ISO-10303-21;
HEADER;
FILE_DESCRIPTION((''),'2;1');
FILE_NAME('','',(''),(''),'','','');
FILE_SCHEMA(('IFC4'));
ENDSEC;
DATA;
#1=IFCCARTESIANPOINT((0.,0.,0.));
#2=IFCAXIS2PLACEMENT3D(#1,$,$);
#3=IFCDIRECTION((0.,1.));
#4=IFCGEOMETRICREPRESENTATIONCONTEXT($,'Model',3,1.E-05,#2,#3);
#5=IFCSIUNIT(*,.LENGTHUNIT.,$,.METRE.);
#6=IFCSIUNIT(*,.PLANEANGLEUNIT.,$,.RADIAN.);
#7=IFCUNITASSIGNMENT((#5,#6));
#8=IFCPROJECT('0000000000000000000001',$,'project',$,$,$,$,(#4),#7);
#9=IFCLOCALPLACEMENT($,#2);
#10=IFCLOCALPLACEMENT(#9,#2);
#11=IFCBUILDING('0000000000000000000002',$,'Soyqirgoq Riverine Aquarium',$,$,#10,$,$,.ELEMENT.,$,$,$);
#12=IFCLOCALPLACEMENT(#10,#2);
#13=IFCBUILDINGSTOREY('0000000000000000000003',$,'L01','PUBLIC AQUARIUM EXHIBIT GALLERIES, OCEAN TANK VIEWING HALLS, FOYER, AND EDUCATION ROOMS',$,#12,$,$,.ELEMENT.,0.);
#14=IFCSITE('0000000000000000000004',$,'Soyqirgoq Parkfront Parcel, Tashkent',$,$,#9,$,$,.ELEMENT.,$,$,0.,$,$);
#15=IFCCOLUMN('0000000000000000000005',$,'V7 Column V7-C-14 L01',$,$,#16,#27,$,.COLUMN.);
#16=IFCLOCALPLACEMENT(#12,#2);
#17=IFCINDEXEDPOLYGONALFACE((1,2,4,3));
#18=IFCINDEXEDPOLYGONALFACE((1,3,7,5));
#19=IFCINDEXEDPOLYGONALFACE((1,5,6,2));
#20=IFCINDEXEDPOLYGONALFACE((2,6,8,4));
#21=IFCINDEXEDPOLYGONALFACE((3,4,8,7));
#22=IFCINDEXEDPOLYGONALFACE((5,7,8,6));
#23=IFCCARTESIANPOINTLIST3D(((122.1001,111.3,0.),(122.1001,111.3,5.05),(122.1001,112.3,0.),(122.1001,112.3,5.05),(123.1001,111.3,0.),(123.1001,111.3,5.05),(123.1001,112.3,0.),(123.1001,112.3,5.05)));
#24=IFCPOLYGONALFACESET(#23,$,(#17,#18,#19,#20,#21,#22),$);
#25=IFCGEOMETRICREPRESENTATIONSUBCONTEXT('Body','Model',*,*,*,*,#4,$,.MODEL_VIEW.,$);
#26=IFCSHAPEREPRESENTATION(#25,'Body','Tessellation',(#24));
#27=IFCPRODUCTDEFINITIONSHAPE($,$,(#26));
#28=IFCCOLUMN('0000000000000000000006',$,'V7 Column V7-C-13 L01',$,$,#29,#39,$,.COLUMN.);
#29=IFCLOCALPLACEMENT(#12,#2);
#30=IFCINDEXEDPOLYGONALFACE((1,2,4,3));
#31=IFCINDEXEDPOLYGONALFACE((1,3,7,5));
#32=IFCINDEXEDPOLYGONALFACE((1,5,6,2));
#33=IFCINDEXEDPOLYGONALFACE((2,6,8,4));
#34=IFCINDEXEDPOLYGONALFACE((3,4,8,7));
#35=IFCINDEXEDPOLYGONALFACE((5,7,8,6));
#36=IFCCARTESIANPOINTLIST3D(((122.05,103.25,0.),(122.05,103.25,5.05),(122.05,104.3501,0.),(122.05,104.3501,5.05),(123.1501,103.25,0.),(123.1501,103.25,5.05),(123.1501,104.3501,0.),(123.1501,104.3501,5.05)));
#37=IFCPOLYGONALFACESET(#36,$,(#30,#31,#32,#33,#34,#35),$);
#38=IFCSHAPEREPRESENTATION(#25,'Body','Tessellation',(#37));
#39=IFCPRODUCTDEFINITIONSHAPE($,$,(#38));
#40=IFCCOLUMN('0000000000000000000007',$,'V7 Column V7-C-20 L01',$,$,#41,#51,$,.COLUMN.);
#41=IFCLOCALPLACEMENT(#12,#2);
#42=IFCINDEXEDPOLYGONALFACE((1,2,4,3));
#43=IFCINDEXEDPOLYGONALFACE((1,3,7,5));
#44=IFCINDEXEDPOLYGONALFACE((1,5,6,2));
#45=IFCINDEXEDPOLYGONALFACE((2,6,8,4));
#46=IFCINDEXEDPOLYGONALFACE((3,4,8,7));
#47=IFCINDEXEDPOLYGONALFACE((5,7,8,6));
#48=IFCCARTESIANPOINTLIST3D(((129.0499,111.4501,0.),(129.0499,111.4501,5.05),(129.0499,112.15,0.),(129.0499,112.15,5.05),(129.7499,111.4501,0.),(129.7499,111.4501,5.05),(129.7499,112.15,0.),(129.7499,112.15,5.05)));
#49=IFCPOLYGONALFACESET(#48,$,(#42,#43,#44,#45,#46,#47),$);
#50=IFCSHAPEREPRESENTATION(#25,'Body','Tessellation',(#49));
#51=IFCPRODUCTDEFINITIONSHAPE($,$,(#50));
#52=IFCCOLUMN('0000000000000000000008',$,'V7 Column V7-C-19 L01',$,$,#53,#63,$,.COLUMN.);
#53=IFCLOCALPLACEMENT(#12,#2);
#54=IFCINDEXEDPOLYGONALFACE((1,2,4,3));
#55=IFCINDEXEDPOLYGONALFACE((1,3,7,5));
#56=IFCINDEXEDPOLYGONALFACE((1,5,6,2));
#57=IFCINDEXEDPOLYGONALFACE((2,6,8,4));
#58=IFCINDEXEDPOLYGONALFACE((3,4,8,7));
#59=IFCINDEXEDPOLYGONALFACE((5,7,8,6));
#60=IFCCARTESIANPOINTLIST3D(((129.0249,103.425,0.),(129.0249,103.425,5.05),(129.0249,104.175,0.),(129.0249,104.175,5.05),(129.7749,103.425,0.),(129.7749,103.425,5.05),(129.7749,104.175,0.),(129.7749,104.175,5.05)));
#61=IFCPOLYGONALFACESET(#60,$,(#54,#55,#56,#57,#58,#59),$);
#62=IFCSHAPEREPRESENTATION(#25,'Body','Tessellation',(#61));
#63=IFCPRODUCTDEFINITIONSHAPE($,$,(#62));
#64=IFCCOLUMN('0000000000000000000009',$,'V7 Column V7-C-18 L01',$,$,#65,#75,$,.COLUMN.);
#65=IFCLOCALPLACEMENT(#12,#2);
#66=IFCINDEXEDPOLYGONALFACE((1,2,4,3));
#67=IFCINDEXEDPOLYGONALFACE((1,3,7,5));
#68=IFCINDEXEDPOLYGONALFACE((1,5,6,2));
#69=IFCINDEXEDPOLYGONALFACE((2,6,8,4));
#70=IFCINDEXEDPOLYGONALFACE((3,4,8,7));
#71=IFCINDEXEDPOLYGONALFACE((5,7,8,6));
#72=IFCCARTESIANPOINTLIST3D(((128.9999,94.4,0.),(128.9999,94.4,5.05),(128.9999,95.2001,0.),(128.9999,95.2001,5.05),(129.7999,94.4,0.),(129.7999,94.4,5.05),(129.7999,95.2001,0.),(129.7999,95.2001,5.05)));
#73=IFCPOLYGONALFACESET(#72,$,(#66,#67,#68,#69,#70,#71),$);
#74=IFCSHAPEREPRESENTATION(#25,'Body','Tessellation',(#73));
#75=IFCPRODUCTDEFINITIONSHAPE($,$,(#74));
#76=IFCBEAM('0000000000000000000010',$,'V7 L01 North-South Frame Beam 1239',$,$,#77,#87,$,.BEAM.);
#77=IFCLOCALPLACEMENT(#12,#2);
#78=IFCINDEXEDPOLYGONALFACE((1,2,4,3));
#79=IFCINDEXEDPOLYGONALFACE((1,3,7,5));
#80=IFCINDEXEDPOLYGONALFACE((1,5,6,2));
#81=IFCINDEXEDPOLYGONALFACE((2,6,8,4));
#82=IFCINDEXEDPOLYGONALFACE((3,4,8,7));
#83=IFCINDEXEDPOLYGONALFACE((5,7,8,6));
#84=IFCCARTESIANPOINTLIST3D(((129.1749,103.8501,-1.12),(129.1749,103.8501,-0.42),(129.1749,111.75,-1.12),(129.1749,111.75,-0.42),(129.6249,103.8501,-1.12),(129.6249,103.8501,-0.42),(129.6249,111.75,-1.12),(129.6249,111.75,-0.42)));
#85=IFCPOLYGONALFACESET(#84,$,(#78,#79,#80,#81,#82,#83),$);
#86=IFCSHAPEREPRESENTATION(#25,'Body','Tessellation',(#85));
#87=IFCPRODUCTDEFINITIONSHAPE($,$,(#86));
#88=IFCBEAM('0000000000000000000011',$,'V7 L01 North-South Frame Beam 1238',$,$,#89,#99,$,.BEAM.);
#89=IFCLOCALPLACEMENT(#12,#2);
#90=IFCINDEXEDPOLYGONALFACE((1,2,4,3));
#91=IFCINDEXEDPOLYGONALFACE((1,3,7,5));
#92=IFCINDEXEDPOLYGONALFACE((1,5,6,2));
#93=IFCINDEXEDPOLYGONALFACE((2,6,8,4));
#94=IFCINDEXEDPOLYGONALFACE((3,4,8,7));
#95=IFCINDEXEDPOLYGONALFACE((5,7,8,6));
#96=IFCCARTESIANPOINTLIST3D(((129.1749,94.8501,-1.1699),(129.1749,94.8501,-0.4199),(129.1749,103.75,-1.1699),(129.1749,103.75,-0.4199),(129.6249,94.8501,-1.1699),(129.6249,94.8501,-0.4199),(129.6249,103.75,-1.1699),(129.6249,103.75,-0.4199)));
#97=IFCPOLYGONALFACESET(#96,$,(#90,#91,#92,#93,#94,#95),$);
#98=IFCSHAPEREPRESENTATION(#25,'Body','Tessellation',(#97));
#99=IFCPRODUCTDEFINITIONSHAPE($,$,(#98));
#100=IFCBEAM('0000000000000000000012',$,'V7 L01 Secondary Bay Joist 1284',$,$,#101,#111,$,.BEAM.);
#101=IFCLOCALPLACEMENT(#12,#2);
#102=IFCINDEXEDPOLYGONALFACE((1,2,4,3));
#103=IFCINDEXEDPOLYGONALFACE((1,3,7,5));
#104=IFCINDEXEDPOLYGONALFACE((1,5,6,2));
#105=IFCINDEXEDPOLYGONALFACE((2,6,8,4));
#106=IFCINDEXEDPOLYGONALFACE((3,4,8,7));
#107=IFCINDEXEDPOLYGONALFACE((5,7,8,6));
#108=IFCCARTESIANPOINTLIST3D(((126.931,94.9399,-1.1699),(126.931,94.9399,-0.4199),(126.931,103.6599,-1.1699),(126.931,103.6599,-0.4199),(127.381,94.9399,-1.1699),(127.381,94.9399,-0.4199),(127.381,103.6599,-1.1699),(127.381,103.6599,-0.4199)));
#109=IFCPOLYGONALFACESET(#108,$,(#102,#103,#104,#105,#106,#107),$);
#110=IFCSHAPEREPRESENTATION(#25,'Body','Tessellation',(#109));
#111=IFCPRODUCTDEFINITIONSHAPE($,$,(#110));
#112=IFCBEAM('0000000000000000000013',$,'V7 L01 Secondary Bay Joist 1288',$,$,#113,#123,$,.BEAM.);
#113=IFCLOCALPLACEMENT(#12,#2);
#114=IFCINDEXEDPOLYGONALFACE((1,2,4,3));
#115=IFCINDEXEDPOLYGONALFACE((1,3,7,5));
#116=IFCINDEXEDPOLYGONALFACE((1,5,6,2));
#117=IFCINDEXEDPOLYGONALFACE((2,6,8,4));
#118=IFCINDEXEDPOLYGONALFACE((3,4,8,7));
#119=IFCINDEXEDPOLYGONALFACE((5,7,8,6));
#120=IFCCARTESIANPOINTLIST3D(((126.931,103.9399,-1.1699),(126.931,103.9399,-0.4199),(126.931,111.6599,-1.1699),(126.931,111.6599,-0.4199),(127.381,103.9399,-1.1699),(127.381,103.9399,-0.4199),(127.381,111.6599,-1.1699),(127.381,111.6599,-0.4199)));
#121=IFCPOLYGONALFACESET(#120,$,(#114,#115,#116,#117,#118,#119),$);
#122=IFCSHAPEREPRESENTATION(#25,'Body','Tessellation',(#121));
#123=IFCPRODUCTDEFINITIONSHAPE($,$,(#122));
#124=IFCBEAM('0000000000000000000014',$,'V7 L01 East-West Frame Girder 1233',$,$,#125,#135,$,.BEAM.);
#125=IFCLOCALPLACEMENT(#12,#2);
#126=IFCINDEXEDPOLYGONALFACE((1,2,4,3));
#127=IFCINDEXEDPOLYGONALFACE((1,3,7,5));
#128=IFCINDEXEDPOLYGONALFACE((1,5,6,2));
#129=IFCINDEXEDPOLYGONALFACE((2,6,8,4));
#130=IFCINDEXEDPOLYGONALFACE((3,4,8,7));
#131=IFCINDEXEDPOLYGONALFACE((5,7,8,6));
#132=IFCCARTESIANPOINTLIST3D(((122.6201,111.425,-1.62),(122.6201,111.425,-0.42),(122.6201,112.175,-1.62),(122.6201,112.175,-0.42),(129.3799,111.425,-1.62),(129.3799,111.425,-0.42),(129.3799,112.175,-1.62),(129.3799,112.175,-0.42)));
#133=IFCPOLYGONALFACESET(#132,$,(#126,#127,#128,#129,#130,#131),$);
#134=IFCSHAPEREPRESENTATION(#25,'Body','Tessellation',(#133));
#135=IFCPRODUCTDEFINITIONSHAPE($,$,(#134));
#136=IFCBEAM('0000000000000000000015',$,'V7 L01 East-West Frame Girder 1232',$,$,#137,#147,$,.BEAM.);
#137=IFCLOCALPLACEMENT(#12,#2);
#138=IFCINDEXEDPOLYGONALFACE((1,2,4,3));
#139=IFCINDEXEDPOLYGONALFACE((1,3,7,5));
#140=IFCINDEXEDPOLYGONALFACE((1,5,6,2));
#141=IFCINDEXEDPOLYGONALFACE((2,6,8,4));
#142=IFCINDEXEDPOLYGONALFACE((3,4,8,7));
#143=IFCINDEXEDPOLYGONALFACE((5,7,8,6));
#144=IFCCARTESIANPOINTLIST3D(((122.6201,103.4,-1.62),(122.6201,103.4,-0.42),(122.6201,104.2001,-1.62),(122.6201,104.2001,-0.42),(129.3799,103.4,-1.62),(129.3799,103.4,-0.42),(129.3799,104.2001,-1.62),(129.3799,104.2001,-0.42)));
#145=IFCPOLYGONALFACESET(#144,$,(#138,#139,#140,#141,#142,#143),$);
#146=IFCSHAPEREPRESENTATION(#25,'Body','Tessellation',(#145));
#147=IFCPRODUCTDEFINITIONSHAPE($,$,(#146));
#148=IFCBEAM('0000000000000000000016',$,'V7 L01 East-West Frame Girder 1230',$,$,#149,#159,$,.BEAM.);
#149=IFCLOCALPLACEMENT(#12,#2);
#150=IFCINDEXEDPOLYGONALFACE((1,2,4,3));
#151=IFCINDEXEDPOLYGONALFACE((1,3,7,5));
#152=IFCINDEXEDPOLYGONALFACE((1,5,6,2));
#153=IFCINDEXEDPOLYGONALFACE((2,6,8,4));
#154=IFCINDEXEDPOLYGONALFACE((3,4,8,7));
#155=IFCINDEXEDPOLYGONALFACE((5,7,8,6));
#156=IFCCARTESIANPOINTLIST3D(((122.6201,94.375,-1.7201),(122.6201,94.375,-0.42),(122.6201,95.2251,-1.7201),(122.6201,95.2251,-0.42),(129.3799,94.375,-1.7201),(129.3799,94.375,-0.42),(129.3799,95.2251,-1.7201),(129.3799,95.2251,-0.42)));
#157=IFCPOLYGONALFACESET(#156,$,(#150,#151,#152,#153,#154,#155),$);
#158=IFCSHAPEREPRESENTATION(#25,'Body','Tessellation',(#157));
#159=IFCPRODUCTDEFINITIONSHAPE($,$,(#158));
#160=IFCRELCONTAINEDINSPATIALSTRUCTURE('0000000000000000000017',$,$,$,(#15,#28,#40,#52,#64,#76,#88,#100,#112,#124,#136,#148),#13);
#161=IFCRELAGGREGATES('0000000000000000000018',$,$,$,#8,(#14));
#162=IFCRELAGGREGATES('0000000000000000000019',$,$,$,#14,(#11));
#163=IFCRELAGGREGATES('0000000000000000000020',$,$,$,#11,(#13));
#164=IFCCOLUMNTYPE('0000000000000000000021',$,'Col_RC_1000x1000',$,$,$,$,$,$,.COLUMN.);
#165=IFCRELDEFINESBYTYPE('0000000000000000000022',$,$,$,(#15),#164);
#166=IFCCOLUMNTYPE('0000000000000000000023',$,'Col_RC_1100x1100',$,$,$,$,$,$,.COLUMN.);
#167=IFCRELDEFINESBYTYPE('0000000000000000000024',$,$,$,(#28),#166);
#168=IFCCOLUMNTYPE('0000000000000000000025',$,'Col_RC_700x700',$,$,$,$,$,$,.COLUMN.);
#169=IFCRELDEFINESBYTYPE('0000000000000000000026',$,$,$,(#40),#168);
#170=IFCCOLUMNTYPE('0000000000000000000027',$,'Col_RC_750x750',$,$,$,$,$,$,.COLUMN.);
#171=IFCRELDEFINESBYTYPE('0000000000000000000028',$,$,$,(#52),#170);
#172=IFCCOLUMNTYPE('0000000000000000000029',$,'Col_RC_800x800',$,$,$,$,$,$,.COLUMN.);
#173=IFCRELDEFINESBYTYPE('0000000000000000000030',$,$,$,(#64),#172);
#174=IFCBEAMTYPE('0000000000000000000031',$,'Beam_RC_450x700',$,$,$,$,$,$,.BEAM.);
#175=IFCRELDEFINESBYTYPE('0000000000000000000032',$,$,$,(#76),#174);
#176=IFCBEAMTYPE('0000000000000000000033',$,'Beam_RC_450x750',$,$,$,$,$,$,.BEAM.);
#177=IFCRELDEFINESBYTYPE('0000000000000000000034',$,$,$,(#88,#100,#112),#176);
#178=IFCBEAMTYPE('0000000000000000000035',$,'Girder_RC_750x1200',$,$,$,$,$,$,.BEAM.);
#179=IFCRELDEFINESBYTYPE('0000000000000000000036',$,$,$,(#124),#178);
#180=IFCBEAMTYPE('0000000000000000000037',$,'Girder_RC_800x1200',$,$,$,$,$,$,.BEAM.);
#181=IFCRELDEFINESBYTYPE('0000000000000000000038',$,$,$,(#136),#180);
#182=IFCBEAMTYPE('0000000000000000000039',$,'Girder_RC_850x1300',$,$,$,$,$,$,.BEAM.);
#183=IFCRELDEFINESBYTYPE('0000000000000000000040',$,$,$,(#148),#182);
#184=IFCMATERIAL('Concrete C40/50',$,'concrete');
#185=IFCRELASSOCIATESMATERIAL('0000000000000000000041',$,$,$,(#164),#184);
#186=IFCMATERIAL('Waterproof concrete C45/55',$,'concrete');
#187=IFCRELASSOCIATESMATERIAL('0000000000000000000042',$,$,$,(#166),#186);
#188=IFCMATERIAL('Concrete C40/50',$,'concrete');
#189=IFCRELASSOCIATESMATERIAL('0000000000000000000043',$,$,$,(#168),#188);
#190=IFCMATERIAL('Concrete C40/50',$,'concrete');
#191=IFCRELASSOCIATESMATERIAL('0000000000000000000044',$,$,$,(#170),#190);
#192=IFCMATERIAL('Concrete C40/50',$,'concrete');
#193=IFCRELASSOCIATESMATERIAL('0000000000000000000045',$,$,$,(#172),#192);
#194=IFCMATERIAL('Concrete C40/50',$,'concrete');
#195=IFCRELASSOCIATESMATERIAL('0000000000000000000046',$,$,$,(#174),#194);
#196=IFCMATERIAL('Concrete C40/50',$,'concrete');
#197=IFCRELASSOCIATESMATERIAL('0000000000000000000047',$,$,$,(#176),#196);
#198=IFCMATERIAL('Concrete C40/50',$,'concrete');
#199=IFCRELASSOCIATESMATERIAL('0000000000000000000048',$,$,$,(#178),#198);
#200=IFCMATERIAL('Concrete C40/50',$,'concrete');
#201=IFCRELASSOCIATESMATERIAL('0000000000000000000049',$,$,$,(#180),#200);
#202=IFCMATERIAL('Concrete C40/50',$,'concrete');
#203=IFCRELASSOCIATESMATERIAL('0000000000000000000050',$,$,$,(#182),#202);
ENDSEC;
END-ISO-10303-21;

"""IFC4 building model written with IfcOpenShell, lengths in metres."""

from ifc_helpers import new_model, si_unit, direction, frame, origin, origin_2d, place, context, subcontext, project, spatial, rectangle, extrude, material, material_profile, profile_set, type_object, element, save


model = new_model("IFC4")

# Units and contexts
model_context = context("Model", 3, precision=1e-05, world=origin(), true_north=direction((0.0, 1.0)))
body_context = subcontext(model_context, "Body", "Model", "MODEL_VIEW")
ifc_project = project(units=[si_unit("LENGTHUNIT", "METRE"), si_unit("PLANEANGLEUNIT", "RADIAN")], contexts=[model_context])

# Site, building, storey
site_placement = place(None, origin())
site = spatial("IfcSite", under=ifc_project, at=site_placement, Name="Soyqirgoq Parkfront Parcel, Tashkent", CompositionType="ELEMENT", RefElevation=0.0)
building_placement = place(site_placement, origin())
building = spatial("IfcBuilding", under=site, at=building_placement, Name="Soyqirgoq Riverine Aquarium", CompositionType="ELEMENT")
storey_placement = place(building_placement, origin())
storey = spatial("IfcBuildingStorey", under=building, at=storey_placement, Name="L01", Description="PUBLIC AQUARIUM EXHIBIT GALLERIES, OCEAN TANK VIEWING HALLS, FOYER, AND EDUCATION ROOMS", CompositionType="ELEMENT", Elevation=0.0)

# Columns
ifc_material_1 = material(Name="Concrete C40/50", Category="concrete")
ifc_material_profile_1 = material_profile(ifc_material_1, rectangle(XDim=1.0, YDim=1.0, at=origin_2d()), Name="RC 1000x1000")
ifc_profile_set_1 = profile_set([ifc_material_profile_1], Name="Concrete C40/50")
column_type_1 = type_object("IfcColumnType", Name="Col_RC_1000x1000", PredefinedType="COLUMN", material=ifc_profile_set_1)
column_1_placement = place(storey_placement, frame((122.6001, 111.8, 0.0), z_axis=(0.0, 0.0, 1.0), x_axis=(1.0, 0.0, 0.0)))
element("IfcColumn", 1, at=column_1_placement, inside=storey, type_object=column_type_1, Name="V7 Column V7-C-14 L01", PredefinedType="COLUMN", context=body_context, shape_type="SweptSolid", body=[
    extrude(rectangle(XDim=1.0, YDim=1.0, at=origin_2d()), origin(), (0.0, 0.0, 1.0), 5.05),
])
ifc_material_2 = material(Name="Waterproof concrete C45/55", Category="concrete")
ifc_material_profile_2 = material_profile(ifc_material_2, rectangle(XDim=1.1001, YDim=1.1001, at=origin_2d()), Name="RC 1100x1100")
ifc_profile_set_2 = profile_set([ifc_material_profile_2], Name="Waterproof concrete C45/55")
column_type_2 = type_object("IfcColumnType", Name="Col_RC_1100x1100", PredefinedType="COLUMN", material=ifc_profile_set_2)
column_2_placement = place(storey_placement, frame((122.6001, 103.8, 0.0), z_axis=(0.0, 0.0, 1.0), x_axis=(1.0, 0.0, 0.0)))
element("IfcColumn", 2, at=column_2_placement, inside=storey, type_object=column_type_2, Name="V7 Column V7-C-13 L01", PredefinedType="COLUMN", context=body_context, shape_type="SweptSolid", body=[
    extrude(rectangle(XDim=1.1001, YDim=1.1001, at=origin_2d()), origin(), (0.0, 0.0, 1.0), 5.05),
])
ifc_material_3 = material(Name="Concrete C40/50", Category="concrete")
ifc_material_profile_3 = material_profile(ifc_material_3, rectangle(XDim=0.7, YDim=0.7, at=origin_2d()), Name="RC 700x700")
ifc_profile_set_3 = profile_set([ifc_material_profile_3], Name="Concrete C40/50")
column_type_3 = type_object("IfcColumnType", Name="Col_RC_700x700", PredefinedType="COLUMN", material=ifc_profile_set_3)
column_3_placement = place(storey_placement, frame((129.3999, 111.8, 0.0), z_axis=(0.0, 0.0, 1.0), x_axis=(1.0, 0.0, 0.0)))
element("IfcColumn", 3, at=column_3_placement, inside=storey, type_object=column_type_3, Name="V7 Column V7-C-20 L01", PredefinedType="COLUMN", context=body_context, shape_type="SweptSolid", body=[
    extrude(rectangle(XDim=0.7, YDim=0.7, at=origin_2d()), origin(), (0.0, 0.0, 1.0), 5.05),
])
ifc_material_4 = material(Name="Concrete C40/50", Category="concrete")
ifc_material_profile_4 = material_profile(ifc_material_4, rectangle(XDim=0.75, YDim=0.75, at=origin_2d()), Name="RC 750x750")
ifc_profile_set_4 = profile_set([ifc_material_profile_4], Name="Concrete C40/50")
column_type_4 = type_object("IfcColumnType", Name="Col_RC_750x750", PredefinedType="COLUMN", material=ifc_profile_set_4)
column_4_placement = place(storey_placement, frame((129.3999, 103.8, 0.0), z_axis=(0.0, 0.0, 1.0), x_axis=(1.0, 0.0, 0.0)))
element("IfcColumn", 4, at=column_4_placement, inside=storey, type_object=column_type_4, Name="V7 Column V7-C-19 L01", PredefinedType="COLUMN", context=body_context, shape_type="SweptSolid", body=[
    extrude(rectangle(XDim=0.75, YDim=0.75, at=origin_2d()), origin(), (0.0, 0.0, 1.0), 5.05),
])
ifc_material_5 = material(Name="Concrete C40/50", Category="concrete")
ifc_material_profile_5 = material_profile(ifc_material_5, rectangle(XDim=0.8, YDim=0.8, at=origin_2d()), Name="RC 800x800")
ifc_profile_set_5 = profile_set([ifc_material_profile_5], Name="Concrete C40/50")
column_type_5 = type_object("IfcColumnType", Name="Col_RC_800x800", PredefinedType="COLUMN", material=ifc_profile_set_5)
column_5_placement = place(storey_placement, frame((129.3999, 94.8, 0.0), z_axis=(0.0, 0.0, 1.0), x_axis=(1.0, 0.0, 0.0)))
element("IfcColumn", 5, at=column_5_placement, inside=storey, type_object=column_type_5, Name="V7 Column V7-C-18 L01", PredefinedType="COLUMN", context=body_context, shape_type="SweptSolid", body=[
    extrude(rectangle(XDim=0.8, YDim=0.8, at=origin_2d()), origin(), (0.0, 0.0, 1.0), 5.05),
])

# Beams
ifc_material_6 = material(Name="Concrete C40/50", Category="concrete")
ifc_material_profile_6 = material_profile(ifc_material_6, rectangle(XDim=0.45, YDim=0.7, at=origin_2d()), Name="RC 450x700")
ifc_profile_set_6 = profile_set([ifc_material_profile_6], Name="Concrete C40/50")
beam_type_1 = type_object("IfcBeamType", Name="Beam_RC_450x700", PredefinedType="BEAM", material=ifc_profile_set_6)
beam_1_placement = place(storey_placement, frame((129.3999, 103.8501, -0.77), z_axis=(0.0, 1.0, 0.0), x_axis=(-1.0, 0.0, 0.0)))
element("IfcBeam", 6, at=beam_1_placement, inside=storey, type_object=beam_type_1, Name="V7 L01 North-South Frame Beam 1239", PredefinedType="BEAM", context=body_context, shape_type="SweptSolid", body=[
    extrude(rectangle(XDim=0.45, YDim=0.7, at=origin_2d()), origin(), (0.0, 0.0, 1.0), 7.8999),
])
ifc_material_7 = material(Name="Concrete C40/50", Category="concrete")
ifc_material_profile_7 = material_profile(ifc_material_7, rectangle(XDim=0.45, YDim=0.75, at=origin_2d()), Name="RC 450x750")
ifc_profile_set_7 = profile_set([ifc_material_profile_7], Name="Concrete C40/50")
beam_type_2 = type_object("IfcBeamType", Name="Beam_RC_450x750", PredefinedType="BEAM", material=ifc_profile_set_7)
beam_2_placement = place(storey_placement, frame((129.3999, 94.8501, -0.7949), z_axis=(0.0, 1.0, 0.0), x_axis=(-1.0, 0.0, 0.0)))
element("IfcBeam", 7, at=beam_2_placement, inside=storey, type_object=beam_type_2, Name="V7 L01 North-South Frame Beam 1238", PredefinedType="BEAM", context=body_context, shape_type="SweptSolid", body=[
    extrude(rectangle(XDim=0.45, YDim=0.75, at=origin_2d()), origin(), (0.0, 0.0, 1.0), 8.8999),
])
beam_3_placement = place(storey_placement, frame((127.156, 94.9399, -0.7949), z_axis=(0.0, 1.0, 0.0), x_axis=(-1.0, 0.0, 0.0)))
element("IfcBeam", 8, at=beam_3_placement, inside=storey, type_object=beam_type_2, Name="V7 L01 Secondary Bay Joist 1284", PredefinedType="BEAM", context=body_context, shape_type="SweptSolid", body=[
    extrude(rectangle(XDim=0.45, YDim=0.75, at=origin_2d()), origin(), (0.0, 0.0, 1.0), 8.72),
])
beam_4_placement = place(storey_placement, frame((127.156, 103.9399, -0.7949), z_axis=(0.0, 1.0, 0.0), x_axis=(-1.0, 0.0, 0.0)))
element("IfcBeam", 9, at=beam_4_placement, inside=storey, type_object=beam_type_2, Name="V7 L01 Secondary Bay Joist 1288", PredefinedType="BEAM", context=body_context, shape_type="SweptSolid", body=[
    extrude(rectangle(XDim=0.45, YDim=0.75, at=origin_2d()), origin(), (0.0, 0.0, 1.0), 7.72),
])
ifc_material_8 = material(Name="Concrete C40/50", Category="concrete")
ifc_material_profile_8 = material_profile(ifc_material_8, rectangle(XDim=0.75, YDim=1.2, at=origin_2d()), Name="RC 750x1200")
ifc_profile_set_8 = profile_set([ifc_material_profile_8], Name="Concrete C40/50")
beam_type_3 = type_object("IfcBeamType", Name="Girder_RC_750x1200", PredefinedType="BEAM", material=ifc_profile_set_8)
beam_5_placement = place(storey_placement, frame((122.6201, 111.8, -1.02), z_axis=(1.0, 0.0, 0.0), x_axis=(0.0, 1.0, 0.0)))
element("IfcBeam", 10, at=beam_5_placement, inside=storey, type_object=beam_type_3, Name="V7 L01 East-West Frame Girder 1233", PredefinedType="BEAM", context=body_context, shape_type="SweptSolid", body=[
    extrude(rectangle(XDim=0.75, YDim=1.2, at=origin_2d()), origin(), (0.0, 0.0, 1.0), 6.7598),
])
ifc_material_9 = material(Name="Concrete C40/50", Category="concrete")
ifc_material_profile_9 = material_profile(ifc_material_9, rectangle(XDim=0.8, YDim=1.2, at=origin_2d()), Name="RC 800x1200")
ifc_profile_set_9 = profile_set([ifc_material_profile_9], Name="Concrete C40/50")
beam_type_4 = type_object("IfcBeamType", Name="Girder_RC_800x1200", PredefinedType="BEAM", material=ifc_profile_set_9)
beam_6_placement = place(storey_placement, frame((122.6201, 103.8, -1.02), z_axis=(1.0, 0.0, 0.0), x_axis=(0.0, 1.0, 0.0)))
element("IfcBeam", 11, at=beam_6_placement, inside=storey, type_object=beam_type_4, Name="V7 L01 East-West Frame Girder 1232", PredefinedType="BEAM", context=body_context, shape_type="SweptSolid", body=[
    extrude(rectangle(XDim=0.8, YDim=1.2, at=origin_2d()), origin(), (0.0, 0.0, 1.0), 6.7598),
])
ifc_material_10 = material(Name="Concrete C40/50", Category="concrete")
ifc_material_profile_10 = material_profile(ifc_material_10, rectangle(XDim=0.8501, YDim=1.3, at=origin_2d()), Name="RC 850x1300")
ifc_profile_set_10 = profile_set([ifc_material_profile_10], Name="Concrete C40/50")
beam_type_5 = type_object("IfcBeamType", Name="Girder_RC_850x1300", PredefinedType="BEAM", material=ifc_profile_set_10)
beam_7_placement = place(storey_placement, frame((122.6201, 94.8, -1.0701), z_axis=(1.0, 0.0, 0.0), x_axis=(0.0, 1.0, 0.0)))
element("IfcBeam", 12, at=beam_7_placement, inside=storey, type_object=beam_type_5, Name="V7 L01 East-West Frame Girder 1230", PredefinedType="BEAM", context=body_context, shape_type="SweptSolid", body=[
    extrude(rectangle(XDim=0.8501, YDim=1.3, at=origin_2d()), origin(), (0.0, 0.0, 1.0), 6.7598),
])

save(model, "model.ifc")
